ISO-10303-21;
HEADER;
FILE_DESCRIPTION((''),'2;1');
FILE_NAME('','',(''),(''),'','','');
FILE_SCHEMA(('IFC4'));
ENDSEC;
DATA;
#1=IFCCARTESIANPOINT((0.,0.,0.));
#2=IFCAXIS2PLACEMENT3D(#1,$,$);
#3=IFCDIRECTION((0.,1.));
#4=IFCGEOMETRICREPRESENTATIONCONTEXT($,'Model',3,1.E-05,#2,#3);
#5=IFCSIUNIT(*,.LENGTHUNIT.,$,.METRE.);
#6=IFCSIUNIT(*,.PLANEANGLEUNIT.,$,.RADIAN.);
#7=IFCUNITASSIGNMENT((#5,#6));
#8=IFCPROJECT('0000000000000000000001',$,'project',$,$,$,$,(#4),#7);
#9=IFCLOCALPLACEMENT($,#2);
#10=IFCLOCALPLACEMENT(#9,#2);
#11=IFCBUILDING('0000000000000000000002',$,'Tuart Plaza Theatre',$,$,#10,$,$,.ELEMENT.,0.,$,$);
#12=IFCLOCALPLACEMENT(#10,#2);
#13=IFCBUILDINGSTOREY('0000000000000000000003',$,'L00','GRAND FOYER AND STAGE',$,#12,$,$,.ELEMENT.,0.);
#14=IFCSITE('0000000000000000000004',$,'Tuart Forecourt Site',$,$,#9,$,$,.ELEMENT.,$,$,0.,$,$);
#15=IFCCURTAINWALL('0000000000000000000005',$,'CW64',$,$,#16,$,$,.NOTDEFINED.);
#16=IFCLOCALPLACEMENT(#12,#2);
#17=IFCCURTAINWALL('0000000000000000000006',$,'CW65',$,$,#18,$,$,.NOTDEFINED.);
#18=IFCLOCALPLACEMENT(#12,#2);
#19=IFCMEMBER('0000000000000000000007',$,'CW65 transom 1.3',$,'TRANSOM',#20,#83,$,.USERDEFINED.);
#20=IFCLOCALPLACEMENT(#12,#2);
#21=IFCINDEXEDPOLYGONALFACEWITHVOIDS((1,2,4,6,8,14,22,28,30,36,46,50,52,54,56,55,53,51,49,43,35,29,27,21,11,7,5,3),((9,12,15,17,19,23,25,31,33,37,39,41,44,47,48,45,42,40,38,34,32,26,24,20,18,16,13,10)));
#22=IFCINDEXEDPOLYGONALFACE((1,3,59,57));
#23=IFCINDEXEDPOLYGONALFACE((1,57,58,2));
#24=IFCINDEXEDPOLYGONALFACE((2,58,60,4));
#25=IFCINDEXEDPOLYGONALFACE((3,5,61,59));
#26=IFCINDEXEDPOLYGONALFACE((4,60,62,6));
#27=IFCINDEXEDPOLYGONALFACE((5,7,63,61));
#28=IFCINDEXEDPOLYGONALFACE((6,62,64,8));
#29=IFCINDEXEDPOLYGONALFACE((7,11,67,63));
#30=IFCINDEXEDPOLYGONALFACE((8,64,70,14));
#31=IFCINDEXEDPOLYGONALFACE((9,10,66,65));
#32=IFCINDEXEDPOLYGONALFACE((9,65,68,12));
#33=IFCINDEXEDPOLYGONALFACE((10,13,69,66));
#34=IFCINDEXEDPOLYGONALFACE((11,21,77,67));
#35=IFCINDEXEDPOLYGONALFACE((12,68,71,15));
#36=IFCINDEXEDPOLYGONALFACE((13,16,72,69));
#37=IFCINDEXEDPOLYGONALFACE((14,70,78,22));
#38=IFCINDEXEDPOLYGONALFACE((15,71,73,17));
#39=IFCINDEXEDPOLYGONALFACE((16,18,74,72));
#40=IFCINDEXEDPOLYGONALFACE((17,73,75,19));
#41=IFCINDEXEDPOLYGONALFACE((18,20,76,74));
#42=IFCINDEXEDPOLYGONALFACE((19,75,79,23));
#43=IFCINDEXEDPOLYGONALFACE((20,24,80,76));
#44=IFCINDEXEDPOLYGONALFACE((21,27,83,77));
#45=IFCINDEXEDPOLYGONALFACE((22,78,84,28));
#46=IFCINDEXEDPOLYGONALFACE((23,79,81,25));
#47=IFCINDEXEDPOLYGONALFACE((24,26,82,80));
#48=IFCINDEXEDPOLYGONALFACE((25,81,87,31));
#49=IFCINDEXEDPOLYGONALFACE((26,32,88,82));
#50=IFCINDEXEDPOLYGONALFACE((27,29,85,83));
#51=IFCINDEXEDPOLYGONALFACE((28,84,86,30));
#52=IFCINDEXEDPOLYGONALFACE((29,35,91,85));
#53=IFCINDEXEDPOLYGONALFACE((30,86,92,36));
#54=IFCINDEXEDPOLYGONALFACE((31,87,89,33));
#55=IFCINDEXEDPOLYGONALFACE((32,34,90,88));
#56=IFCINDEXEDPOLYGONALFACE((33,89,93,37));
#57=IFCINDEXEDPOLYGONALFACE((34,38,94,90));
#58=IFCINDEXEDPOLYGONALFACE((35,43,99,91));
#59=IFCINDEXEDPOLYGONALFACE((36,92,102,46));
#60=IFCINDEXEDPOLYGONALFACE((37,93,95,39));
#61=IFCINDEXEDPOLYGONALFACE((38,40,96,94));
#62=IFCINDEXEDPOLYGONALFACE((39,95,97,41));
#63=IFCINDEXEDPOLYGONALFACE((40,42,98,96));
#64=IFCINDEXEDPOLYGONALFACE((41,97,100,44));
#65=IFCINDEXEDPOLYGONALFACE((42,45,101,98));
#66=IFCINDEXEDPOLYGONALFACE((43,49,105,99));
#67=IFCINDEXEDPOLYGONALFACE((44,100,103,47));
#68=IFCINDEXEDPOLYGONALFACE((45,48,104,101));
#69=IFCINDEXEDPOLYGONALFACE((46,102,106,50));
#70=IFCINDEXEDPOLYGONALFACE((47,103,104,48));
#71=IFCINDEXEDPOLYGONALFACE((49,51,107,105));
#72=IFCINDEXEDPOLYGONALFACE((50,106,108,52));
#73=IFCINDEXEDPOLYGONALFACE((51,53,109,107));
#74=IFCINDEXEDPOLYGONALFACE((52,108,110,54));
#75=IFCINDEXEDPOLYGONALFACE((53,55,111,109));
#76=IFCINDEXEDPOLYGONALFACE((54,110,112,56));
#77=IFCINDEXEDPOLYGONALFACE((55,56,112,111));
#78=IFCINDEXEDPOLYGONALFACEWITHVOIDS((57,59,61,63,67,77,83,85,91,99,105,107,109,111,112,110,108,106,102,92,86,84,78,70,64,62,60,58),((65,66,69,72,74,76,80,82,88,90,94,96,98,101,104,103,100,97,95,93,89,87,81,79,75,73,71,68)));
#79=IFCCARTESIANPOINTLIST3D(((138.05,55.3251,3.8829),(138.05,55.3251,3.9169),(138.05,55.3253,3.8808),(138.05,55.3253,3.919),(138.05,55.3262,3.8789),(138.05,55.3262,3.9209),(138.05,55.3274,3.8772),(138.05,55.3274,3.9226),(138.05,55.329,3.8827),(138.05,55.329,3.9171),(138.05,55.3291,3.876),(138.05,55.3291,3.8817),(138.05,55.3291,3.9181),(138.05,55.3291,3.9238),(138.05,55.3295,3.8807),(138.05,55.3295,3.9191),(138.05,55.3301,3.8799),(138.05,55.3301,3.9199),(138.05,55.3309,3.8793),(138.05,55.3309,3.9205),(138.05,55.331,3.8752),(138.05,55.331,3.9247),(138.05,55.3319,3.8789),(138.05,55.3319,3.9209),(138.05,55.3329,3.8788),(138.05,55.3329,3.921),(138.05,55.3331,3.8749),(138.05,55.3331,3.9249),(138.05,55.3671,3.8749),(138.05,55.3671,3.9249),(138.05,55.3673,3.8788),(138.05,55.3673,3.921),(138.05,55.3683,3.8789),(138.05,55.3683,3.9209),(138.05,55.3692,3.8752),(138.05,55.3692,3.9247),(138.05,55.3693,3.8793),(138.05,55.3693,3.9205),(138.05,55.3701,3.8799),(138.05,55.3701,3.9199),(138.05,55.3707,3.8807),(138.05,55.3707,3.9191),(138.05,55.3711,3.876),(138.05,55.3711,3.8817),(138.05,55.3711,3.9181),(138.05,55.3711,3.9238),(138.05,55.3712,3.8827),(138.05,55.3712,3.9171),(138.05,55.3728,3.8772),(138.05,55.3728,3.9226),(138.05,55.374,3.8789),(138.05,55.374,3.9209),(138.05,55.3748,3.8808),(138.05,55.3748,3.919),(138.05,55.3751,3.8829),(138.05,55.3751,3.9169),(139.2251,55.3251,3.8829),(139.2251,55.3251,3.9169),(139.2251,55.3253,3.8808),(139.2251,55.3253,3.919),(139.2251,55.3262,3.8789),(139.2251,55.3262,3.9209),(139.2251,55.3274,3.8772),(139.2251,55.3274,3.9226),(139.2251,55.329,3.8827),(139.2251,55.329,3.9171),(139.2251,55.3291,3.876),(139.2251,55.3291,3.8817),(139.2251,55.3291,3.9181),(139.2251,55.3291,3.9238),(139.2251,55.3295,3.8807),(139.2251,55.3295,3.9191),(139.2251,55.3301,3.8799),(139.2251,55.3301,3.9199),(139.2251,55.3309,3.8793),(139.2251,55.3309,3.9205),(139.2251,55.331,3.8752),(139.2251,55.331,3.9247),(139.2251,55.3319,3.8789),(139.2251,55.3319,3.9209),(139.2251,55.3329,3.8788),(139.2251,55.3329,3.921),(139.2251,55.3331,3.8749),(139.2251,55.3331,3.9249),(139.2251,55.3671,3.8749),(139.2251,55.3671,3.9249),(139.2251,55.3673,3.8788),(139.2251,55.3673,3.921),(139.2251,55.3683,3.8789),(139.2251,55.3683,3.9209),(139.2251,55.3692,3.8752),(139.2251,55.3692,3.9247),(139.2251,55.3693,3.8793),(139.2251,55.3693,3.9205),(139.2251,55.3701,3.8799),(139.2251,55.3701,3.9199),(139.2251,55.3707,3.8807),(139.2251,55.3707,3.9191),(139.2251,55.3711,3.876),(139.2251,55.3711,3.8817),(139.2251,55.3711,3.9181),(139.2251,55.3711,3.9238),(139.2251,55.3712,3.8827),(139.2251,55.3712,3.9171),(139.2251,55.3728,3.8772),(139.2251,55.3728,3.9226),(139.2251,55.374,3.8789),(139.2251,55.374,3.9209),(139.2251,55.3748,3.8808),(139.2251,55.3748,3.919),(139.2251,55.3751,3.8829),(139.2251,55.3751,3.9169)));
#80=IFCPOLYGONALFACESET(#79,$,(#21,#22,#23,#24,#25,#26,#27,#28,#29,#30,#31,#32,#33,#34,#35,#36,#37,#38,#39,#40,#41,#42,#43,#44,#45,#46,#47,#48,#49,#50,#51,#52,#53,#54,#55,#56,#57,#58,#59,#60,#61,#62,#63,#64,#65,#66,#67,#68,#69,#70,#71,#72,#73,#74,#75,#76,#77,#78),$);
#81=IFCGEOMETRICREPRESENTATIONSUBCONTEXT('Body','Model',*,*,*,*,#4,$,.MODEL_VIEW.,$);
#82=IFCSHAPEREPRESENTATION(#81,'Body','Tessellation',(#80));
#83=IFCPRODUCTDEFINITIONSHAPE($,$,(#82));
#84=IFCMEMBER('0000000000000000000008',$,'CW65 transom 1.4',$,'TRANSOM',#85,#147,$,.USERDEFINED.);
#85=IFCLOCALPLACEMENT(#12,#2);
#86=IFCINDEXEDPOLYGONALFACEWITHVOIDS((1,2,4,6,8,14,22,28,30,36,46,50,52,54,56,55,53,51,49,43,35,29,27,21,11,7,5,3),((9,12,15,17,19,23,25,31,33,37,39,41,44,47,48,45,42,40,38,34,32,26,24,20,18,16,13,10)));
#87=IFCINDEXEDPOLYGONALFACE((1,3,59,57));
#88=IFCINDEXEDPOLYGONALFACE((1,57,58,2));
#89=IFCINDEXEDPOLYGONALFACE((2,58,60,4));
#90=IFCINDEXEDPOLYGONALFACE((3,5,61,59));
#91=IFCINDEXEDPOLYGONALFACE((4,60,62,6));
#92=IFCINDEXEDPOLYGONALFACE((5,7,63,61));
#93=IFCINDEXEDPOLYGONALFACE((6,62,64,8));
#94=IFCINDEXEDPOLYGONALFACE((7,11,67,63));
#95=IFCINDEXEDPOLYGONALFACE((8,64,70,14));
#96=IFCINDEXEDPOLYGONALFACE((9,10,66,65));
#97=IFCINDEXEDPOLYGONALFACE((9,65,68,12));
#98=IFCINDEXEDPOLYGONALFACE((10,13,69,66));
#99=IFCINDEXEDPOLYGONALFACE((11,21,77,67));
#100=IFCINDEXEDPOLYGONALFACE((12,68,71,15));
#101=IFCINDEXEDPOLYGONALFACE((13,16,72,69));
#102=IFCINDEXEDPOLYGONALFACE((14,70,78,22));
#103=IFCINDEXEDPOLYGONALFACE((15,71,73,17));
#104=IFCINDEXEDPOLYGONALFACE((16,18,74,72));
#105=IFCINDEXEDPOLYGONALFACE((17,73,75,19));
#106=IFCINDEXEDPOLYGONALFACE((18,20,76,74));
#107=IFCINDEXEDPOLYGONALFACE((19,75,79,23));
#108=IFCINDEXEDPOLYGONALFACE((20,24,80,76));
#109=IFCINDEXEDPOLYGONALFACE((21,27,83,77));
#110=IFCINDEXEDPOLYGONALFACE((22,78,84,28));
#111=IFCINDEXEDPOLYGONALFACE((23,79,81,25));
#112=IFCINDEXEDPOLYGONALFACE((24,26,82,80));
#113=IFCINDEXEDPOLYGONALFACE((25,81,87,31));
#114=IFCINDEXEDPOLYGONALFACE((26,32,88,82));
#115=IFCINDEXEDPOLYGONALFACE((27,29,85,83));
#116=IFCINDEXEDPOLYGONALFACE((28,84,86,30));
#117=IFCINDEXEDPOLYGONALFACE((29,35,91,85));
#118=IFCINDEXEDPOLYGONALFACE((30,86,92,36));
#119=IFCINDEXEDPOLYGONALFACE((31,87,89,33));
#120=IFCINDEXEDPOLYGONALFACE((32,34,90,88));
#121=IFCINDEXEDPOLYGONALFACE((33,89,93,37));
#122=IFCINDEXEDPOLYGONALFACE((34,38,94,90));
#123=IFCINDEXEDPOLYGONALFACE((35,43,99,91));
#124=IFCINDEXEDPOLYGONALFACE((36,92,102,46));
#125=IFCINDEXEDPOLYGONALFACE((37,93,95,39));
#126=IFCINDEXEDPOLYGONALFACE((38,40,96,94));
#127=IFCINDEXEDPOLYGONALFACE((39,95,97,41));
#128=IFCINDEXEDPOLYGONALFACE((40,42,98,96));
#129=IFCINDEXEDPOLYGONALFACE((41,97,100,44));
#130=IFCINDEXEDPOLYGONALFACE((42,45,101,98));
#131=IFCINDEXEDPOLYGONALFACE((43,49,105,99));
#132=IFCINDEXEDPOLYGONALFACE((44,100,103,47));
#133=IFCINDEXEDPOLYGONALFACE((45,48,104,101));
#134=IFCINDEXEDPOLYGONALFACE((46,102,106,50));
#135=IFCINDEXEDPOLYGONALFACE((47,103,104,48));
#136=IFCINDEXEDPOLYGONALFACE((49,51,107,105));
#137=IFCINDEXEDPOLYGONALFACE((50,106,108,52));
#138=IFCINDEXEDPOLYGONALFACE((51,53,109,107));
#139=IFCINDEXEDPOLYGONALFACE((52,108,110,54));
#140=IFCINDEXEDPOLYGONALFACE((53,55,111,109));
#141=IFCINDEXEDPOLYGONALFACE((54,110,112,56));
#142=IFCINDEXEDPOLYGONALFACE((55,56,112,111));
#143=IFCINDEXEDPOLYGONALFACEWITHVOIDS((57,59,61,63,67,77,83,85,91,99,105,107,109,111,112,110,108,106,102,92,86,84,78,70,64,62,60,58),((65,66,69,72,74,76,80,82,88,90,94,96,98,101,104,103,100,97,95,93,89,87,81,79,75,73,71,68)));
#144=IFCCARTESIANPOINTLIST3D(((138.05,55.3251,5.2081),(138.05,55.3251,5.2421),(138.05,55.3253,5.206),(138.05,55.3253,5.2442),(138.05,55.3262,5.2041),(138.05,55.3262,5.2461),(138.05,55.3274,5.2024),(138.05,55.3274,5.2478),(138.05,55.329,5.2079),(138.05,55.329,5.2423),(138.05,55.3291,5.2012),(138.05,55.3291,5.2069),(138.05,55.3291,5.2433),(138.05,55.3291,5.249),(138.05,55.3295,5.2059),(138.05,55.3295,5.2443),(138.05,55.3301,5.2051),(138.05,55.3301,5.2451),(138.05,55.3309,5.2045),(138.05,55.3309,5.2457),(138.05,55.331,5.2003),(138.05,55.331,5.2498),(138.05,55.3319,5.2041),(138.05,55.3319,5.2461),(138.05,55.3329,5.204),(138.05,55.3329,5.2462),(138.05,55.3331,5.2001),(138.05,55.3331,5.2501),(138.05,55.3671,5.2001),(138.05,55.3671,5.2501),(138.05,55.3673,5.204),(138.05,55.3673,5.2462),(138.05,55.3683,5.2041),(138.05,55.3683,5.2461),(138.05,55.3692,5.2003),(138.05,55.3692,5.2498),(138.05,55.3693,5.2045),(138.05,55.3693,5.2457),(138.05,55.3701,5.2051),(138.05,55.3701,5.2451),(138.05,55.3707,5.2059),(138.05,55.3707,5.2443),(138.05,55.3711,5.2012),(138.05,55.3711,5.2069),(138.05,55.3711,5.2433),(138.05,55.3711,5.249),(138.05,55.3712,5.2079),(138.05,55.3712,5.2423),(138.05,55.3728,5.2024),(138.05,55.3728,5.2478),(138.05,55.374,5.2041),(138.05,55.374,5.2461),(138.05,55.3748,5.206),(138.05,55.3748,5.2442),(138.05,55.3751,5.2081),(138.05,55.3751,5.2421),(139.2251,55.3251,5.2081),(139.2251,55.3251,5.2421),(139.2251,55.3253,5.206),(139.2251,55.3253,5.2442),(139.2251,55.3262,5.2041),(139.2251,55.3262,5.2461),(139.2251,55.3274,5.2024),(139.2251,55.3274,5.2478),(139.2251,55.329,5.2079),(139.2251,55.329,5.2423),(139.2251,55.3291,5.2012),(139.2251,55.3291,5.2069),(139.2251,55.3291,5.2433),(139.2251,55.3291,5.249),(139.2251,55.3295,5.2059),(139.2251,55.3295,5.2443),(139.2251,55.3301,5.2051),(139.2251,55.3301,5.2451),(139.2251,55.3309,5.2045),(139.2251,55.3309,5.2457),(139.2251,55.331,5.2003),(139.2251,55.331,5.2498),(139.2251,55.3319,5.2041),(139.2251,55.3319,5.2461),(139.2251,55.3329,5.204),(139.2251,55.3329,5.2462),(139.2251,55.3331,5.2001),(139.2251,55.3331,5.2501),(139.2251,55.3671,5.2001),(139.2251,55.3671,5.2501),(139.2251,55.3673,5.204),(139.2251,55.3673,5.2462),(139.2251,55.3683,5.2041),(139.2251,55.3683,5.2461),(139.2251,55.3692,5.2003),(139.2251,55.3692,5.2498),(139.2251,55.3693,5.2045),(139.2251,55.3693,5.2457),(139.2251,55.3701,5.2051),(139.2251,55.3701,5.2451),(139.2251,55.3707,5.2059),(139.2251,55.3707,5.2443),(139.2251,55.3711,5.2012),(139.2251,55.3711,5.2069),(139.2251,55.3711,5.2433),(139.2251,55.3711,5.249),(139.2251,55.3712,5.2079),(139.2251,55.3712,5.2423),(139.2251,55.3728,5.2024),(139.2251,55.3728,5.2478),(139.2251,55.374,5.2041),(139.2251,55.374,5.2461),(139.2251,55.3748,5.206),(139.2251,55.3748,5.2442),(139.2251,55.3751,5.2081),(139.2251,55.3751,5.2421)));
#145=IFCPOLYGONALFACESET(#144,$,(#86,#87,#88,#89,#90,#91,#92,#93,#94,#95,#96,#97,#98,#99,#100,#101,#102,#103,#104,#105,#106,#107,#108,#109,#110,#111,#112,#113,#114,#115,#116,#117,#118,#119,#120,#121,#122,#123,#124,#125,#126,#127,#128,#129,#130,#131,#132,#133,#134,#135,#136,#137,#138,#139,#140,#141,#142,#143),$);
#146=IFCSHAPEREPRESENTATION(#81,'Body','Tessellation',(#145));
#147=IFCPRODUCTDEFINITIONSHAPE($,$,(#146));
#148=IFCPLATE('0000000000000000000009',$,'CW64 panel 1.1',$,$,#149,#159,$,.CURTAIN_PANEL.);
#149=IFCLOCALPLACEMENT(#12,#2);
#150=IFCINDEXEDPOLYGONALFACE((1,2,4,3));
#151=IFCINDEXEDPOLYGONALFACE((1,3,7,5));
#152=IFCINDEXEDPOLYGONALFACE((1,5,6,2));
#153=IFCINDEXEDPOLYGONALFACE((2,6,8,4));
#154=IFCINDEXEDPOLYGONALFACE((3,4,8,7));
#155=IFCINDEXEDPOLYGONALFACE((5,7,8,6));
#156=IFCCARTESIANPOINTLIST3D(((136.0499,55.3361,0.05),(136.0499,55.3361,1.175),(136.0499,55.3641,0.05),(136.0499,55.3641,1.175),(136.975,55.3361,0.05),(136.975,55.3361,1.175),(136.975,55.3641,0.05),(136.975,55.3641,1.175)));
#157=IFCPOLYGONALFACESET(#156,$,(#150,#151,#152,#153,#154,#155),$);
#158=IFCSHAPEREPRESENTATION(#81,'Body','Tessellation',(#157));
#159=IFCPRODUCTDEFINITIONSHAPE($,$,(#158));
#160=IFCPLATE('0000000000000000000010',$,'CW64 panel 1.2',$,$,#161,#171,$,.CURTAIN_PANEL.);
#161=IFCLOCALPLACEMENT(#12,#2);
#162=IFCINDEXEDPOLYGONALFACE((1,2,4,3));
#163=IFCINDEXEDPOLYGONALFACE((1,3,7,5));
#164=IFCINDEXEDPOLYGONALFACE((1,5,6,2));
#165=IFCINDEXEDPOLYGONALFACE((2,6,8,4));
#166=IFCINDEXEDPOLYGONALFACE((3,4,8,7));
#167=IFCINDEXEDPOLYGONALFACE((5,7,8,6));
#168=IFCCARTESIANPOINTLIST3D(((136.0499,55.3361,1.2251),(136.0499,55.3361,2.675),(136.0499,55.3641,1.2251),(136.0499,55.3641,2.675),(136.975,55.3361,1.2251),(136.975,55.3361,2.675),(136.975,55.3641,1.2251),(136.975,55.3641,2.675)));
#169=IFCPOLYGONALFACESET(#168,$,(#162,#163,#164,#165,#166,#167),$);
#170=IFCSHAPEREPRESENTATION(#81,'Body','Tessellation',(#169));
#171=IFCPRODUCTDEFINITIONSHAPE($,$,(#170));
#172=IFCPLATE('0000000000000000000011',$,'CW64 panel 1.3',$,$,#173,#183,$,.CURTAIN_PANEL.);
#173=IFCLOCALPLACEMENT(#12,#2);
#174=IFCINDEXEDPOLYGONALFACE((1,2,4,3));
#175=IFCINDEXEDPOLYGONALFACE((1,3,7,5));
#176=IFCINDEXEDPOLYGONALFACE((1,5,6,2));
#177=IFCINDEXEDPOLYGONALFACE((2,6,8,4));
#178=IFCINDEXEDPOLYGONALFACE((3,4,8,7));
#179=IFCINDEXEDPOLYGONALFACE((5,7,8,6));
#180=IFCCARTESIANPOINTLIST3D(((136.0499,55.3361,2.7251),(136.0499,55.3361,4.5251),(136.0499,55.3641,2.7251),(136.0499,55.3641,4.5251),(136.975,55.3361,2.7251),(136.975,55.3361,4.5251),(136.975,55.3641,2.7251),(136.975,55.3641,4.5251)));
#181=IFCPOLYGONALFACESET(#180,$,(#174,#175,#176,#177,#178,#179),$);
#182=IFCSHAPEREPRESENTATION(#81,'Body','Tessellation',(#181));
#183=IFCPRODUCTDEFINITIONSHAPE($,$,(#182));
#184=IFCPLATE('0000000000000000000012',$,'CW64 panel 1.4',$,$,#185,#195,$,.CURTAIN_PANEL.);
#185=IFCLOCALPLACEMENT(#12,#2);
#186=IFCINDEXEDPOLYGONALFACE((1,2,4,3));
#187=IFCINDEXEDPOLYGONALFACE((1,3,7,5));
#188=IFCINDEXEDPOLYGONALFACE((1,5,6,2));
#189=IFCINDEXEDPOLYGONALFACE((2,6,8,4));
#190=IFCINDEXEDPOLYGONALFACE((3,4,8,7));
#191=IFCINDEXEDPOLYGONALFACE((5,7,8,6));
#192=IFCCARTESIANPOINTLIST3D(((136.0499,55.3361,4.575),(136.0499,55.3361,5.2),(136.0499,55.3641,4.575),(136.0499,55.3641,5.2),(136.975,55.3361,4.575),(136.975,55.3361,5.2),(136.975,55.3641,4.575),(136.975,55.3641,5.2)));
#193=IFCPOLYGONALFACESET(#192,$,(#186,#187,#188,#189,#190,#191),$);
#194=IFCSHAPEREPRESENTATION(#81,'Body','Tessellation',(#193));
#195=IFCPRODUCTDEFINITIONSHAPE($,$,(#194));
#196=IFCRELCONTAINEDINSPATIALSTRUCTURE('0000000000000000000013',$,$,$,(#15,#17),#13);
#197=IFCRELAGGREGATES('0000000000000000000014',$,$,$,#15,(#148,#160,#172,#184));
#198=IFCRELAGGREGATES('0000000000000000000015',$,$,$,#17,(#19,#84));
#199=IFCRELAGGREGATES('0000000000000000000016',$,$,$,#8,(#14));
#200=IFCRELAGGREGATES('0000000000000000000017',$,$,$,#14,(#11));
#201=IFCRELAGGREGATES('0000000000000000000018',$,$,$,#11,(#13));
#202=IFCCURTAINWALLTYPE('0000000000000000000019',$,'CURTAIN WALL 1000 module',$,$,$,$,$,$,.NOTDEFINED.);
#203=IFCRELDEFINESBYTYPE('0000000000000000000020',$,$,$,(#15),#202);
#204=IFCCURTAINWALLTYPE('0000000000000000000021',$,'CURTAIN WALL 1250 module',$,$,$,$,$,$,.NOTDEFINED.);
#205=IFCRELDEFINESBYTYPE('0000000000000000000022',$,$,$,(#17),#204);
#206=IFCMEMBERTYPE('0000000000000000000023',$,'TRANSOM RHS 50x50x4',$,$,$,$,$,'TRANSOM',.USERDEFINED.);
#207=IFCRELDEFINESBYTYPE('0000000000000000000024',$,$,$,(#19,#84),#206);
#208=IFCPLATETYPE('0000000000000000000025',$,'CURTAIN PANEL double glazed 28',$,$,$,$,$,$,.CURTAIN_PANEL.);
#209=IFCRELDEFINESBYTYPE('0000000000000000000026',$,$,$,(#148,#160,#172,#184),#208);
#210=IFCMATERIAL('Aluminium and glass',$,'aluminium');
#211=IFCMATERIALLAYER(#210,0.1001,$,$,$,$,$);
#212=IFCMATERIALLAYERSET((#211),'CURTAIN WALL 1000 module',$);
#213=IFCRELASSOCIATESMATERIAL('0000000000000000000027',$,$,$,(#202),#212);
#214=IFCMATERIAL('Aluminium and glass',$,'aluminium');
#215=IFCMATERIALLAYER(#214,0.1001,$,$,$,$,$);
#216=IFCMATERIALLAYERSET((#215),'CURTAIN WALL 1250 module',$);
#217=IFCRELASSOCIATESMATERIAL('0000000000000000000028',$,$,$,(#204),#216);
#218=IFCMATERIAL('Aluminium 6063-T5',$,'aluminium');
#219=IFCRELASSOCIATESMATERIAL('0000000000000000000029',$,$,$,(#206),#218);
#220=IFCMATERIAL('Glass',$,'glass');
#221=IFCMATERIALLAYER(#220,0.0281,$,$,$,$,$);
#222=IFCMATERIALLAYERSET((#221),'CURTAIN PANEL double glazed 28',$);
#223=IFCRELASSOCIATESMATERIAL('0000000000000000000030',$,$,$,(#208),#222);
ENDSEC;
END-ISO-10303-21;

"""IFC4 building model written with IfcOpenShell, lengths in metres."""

from ifc_helpers import new_model, si_unit, direction, frame, origin, origin_2d, place, context, subcontext, project, spatial, rectangle, hollow_rectangle, extrude, material, layer, layer_set, material_profile, profile_set, type_object, element, aggregate, save


model = new_model("IFC4")

# Units and contexts
model_context = context("Model", 3, precision=1e-05, world=origin(), true_north=direction((0.0, 1.0)))
body_context = subcontext(model_context, "Body", "Model", "MODEL_VIEW")
ifc_project = project(units=[si_unit("LENGTHUNIT", "METRE"), si_unit("PLANEANGLEUNIT", "RADIAN")], contexts=[model_context])

# Site, building, storey
site_placement = place(None, origin())
site = spatial("IfcSite", under=ifc_project, at=site_placement, Name="Tuart Forecourt Site", CompositionType="ELEMENT", RefElevation=0.0)
building_placement = place(site_placement, origin())
building = spatial("IfcBuilding", under=site, at=building_placement, Name="Tuart Plaza Theatre", CompositionType="ELEMENT", ElevationOfRefHeight=0.0)
storey_placement = place(building_placement, origin())
storey = spatial("IfcBuildingStorey", under=building, at=storey_placement, Name="L00", Description="GRAND FOYER AND STAGE", CompositionType="ELEMENT", Elevation=0.0)

# Curtain walls
ifc_material_1 = material(Name="Aluminium and glass", Category="aluminium")
ifc_layer_1 = layer(ifc_material_1, 0.1001)
ifc_layer_set_1 = layer_set([ifc_layer_1], Name="CURTAIN WALL 1000 module")
curtain_wall_type_1 = type_object("IfcCurtainWallType", Name="CURTAIN WALL 1000 module", PredefinedType="NOTDEFINED", material=ifc_layer_set_1)
curtain_wall_1_placement = place(storey_placement, origin())
curtain_wall_1 = element("IfcCurtainWall", 1, at=curtain_wall_1_placement, inside=storey, type_object=curtain_wall_type_1, Name="CW64", PredefinedType="NOTDEFINED")
ifc_material_2 = material(Name="Aluminium and glass", Category="aluminium")
ifc_layer_2 = layer(ifc_material_2, 0.1001)
ifc_layer_set_2 = layer_set([ifc_layer_2], Name="CURTAIN WALL 1250 module")
curtain_wall_type_2 = type_object("IfcCurtainWallType", Name="CURTAIN WALL 1250 module", PredefinedType="NOTDEFINED", material=ifc_layer_set_2)
curtain_wall_2_placement = place(storey_placement, origin())
curtain_wall_2 = element("IfcCurtainWall", 2, at=curtain_wall_2_placement, inside=storey, type_object=curtain_wall_type_2, Name="CW65", PredefinedType="NOTDEFINED")

# Members
ifc_material_3 = material(Name="Aluminium 6063-T5", Category="aluminium")
ifc_material_profile_1 = material_profile(ifc_material_3, hollow_rectangle(XDim=0.05, YDim=0.05, WallThickness=0.0039, InnerFilletRadius=0.0039, OuterFilletRadius=0.0081, at=origin_2d()), Name="RHS 50x50x4")
ifc_profile_set_1 = profile_set([ifc_material_profile_1], Name="Aluminium 6063-T5")
member_type_1 = type_object("IfcMemberType", Name="TRANSOM RHS 50x50x4", ElementType="TRANSOM", PredefinedType="USERDEFINED", material=ifc_profile_set_1)
member_1_placement = place(storey_placement, frame((138.05, 55.3501, 3.8999), z_axis=(1.0, 0.0, 0.0), x_axis=(0.0, 1.0, 0.0)))
member_1 = element("IfcMember", 3, at=member_1_placement, type_object=member_type_1, Name="CW65 transom 1.3", ObjectType="TRANSOM", PredefinedType="USERDEFINED", context=body_context, shape_type="SweptSolid", body=[
    extrude(hollow_rectangle(XDim=0.05, YDim=0.05, WallThickness=0.0039, InnerFilletRadius=0.0039, OuterFilletRadius=0.0081, at=origin_2d()), origin(), (0.0, 0.0, 1.0), 1.175),
])
member_2_placement = place(storey_placement, frame((138.05, 55.3501, 5.2251), z_axis=(1.0, 0.0, 0.0), x_axis=(0.0, 1.0, 0.0)))
member_2 = element("IfcMember", 4, at=member_2_placement, type_object=member_type_1, Name="CW65 transom 1.4", ObjectType="TRANSOM", PredefinedType="USERDEFINED", context=body_context, shape_type="SweptSolid", body=[
    extrude(hollow_rectangle(XDim=0.05, YDim=0.05, WallThickness=0.0039, InnerFilletRadius=0.0039, OuterFilletRadius=0.0081, at=origin_2d()), origin(), (0.0, 0.0, 1.0), 1.175),
])

# Plates
ifc_material_4 = material(Name="Glass", Category="glass")
ifc_layer_3 = layer(ifc_material_4, 0.0281)
ifc_layer_set_3 = layer_set([ifc_layer_3], Name="CURTAIN PANEL double glazed 28")
plate_type = type_object("IfcPlateType", Name="CURTAIN PANEL double glazed 28", PredefinedType="CURTAIN_PANEL", material=ifc_layer_set_3)
plate_1_placement = place(storey_placement, frame((136.5125, 55.3501, 0.05), z_axis=(0.0, 0.0, 1.0), x_axis=(1.0, 0.0, 0.0)))
plate_1 = element("IfcPlate", 5, at=plate_1_placement, type_object=plate_type, Name="CW64 panel 1.1", PredefinedType="CURTAIN_PANEL", context=body_context, shape_type="SweptSolid", body=[
    extrude(rectangle(XDim=0.925, YDim=0.0281, at=origin_2d()), origin(), (0.0, 0.0, 1.0), 1.125),
])
plate_2_placement = place(storey_placement, frame((136.5125, 55.3501, 1.2251), z_axis=(0.0, 0.0, 1.0), x_axis=(1.0, 0.0, 0.0)))
plate_2 = element("IfcPlate", 6, at=plate_2_placement, type_object=plate_type, Name="CW64 panel 1.2", PredefinedType="CURTAIN_PANEL", context=body_context, shape_type="SweptSolid", body=[
    extrude(rectangle(XDim=0.925, YDim=0.0281, at=origin_2d()), origin(), (0.0, 0.0, 1.0), 1.45),
])
plate_3_placement = place(storey_placement, frame((136.5125, 55.3501, 2.7251), z_axis=(0.0, 0.0, 1.0), x_axis=(1.0, 0.0, 0.0)))
plate_3 = element("IfcPlate", 7, at=plate_3_placement, type_object=plate_type, Name="CW64 panel 1.3", PredefinedType="CURTAIN_PANEL", context=body_context, shape_type="SweptSolid", body=[
    extrude(rectangle(XDim=0.925, YDim=0.0281, at=origin_2d()), origin(), (0.0, 0.0, 1.0), 1.8),
])
plate_4_placement = place(storey_placement, frame((136.5125, 55.3501, 4.575), z_axis=(0.0, 0.0, 1.0), x_axis=(1.0, 0.0, 0.0)))
plate_4 = element("IfcPlate", 8, at=plate_4_placement, type_object=plate_type, Name="CW64 panel 1.4", PredefinedType="CURTAIN_PANEL", context=body_context, shape_type="SweptSolid", body=[
    extrude(rectangle(XDim=0.925, YDim=0.0281, at=origin_2d()), origin(), (0.0, 0.0, 1.0), 0.625),
])
aggregate(curtain_wall_1, [plate_1, plate_2, plate_3, plate_4])
aggregate(curtain_wall_2, [member_1, member_2])

save(model, "model.ifc")
